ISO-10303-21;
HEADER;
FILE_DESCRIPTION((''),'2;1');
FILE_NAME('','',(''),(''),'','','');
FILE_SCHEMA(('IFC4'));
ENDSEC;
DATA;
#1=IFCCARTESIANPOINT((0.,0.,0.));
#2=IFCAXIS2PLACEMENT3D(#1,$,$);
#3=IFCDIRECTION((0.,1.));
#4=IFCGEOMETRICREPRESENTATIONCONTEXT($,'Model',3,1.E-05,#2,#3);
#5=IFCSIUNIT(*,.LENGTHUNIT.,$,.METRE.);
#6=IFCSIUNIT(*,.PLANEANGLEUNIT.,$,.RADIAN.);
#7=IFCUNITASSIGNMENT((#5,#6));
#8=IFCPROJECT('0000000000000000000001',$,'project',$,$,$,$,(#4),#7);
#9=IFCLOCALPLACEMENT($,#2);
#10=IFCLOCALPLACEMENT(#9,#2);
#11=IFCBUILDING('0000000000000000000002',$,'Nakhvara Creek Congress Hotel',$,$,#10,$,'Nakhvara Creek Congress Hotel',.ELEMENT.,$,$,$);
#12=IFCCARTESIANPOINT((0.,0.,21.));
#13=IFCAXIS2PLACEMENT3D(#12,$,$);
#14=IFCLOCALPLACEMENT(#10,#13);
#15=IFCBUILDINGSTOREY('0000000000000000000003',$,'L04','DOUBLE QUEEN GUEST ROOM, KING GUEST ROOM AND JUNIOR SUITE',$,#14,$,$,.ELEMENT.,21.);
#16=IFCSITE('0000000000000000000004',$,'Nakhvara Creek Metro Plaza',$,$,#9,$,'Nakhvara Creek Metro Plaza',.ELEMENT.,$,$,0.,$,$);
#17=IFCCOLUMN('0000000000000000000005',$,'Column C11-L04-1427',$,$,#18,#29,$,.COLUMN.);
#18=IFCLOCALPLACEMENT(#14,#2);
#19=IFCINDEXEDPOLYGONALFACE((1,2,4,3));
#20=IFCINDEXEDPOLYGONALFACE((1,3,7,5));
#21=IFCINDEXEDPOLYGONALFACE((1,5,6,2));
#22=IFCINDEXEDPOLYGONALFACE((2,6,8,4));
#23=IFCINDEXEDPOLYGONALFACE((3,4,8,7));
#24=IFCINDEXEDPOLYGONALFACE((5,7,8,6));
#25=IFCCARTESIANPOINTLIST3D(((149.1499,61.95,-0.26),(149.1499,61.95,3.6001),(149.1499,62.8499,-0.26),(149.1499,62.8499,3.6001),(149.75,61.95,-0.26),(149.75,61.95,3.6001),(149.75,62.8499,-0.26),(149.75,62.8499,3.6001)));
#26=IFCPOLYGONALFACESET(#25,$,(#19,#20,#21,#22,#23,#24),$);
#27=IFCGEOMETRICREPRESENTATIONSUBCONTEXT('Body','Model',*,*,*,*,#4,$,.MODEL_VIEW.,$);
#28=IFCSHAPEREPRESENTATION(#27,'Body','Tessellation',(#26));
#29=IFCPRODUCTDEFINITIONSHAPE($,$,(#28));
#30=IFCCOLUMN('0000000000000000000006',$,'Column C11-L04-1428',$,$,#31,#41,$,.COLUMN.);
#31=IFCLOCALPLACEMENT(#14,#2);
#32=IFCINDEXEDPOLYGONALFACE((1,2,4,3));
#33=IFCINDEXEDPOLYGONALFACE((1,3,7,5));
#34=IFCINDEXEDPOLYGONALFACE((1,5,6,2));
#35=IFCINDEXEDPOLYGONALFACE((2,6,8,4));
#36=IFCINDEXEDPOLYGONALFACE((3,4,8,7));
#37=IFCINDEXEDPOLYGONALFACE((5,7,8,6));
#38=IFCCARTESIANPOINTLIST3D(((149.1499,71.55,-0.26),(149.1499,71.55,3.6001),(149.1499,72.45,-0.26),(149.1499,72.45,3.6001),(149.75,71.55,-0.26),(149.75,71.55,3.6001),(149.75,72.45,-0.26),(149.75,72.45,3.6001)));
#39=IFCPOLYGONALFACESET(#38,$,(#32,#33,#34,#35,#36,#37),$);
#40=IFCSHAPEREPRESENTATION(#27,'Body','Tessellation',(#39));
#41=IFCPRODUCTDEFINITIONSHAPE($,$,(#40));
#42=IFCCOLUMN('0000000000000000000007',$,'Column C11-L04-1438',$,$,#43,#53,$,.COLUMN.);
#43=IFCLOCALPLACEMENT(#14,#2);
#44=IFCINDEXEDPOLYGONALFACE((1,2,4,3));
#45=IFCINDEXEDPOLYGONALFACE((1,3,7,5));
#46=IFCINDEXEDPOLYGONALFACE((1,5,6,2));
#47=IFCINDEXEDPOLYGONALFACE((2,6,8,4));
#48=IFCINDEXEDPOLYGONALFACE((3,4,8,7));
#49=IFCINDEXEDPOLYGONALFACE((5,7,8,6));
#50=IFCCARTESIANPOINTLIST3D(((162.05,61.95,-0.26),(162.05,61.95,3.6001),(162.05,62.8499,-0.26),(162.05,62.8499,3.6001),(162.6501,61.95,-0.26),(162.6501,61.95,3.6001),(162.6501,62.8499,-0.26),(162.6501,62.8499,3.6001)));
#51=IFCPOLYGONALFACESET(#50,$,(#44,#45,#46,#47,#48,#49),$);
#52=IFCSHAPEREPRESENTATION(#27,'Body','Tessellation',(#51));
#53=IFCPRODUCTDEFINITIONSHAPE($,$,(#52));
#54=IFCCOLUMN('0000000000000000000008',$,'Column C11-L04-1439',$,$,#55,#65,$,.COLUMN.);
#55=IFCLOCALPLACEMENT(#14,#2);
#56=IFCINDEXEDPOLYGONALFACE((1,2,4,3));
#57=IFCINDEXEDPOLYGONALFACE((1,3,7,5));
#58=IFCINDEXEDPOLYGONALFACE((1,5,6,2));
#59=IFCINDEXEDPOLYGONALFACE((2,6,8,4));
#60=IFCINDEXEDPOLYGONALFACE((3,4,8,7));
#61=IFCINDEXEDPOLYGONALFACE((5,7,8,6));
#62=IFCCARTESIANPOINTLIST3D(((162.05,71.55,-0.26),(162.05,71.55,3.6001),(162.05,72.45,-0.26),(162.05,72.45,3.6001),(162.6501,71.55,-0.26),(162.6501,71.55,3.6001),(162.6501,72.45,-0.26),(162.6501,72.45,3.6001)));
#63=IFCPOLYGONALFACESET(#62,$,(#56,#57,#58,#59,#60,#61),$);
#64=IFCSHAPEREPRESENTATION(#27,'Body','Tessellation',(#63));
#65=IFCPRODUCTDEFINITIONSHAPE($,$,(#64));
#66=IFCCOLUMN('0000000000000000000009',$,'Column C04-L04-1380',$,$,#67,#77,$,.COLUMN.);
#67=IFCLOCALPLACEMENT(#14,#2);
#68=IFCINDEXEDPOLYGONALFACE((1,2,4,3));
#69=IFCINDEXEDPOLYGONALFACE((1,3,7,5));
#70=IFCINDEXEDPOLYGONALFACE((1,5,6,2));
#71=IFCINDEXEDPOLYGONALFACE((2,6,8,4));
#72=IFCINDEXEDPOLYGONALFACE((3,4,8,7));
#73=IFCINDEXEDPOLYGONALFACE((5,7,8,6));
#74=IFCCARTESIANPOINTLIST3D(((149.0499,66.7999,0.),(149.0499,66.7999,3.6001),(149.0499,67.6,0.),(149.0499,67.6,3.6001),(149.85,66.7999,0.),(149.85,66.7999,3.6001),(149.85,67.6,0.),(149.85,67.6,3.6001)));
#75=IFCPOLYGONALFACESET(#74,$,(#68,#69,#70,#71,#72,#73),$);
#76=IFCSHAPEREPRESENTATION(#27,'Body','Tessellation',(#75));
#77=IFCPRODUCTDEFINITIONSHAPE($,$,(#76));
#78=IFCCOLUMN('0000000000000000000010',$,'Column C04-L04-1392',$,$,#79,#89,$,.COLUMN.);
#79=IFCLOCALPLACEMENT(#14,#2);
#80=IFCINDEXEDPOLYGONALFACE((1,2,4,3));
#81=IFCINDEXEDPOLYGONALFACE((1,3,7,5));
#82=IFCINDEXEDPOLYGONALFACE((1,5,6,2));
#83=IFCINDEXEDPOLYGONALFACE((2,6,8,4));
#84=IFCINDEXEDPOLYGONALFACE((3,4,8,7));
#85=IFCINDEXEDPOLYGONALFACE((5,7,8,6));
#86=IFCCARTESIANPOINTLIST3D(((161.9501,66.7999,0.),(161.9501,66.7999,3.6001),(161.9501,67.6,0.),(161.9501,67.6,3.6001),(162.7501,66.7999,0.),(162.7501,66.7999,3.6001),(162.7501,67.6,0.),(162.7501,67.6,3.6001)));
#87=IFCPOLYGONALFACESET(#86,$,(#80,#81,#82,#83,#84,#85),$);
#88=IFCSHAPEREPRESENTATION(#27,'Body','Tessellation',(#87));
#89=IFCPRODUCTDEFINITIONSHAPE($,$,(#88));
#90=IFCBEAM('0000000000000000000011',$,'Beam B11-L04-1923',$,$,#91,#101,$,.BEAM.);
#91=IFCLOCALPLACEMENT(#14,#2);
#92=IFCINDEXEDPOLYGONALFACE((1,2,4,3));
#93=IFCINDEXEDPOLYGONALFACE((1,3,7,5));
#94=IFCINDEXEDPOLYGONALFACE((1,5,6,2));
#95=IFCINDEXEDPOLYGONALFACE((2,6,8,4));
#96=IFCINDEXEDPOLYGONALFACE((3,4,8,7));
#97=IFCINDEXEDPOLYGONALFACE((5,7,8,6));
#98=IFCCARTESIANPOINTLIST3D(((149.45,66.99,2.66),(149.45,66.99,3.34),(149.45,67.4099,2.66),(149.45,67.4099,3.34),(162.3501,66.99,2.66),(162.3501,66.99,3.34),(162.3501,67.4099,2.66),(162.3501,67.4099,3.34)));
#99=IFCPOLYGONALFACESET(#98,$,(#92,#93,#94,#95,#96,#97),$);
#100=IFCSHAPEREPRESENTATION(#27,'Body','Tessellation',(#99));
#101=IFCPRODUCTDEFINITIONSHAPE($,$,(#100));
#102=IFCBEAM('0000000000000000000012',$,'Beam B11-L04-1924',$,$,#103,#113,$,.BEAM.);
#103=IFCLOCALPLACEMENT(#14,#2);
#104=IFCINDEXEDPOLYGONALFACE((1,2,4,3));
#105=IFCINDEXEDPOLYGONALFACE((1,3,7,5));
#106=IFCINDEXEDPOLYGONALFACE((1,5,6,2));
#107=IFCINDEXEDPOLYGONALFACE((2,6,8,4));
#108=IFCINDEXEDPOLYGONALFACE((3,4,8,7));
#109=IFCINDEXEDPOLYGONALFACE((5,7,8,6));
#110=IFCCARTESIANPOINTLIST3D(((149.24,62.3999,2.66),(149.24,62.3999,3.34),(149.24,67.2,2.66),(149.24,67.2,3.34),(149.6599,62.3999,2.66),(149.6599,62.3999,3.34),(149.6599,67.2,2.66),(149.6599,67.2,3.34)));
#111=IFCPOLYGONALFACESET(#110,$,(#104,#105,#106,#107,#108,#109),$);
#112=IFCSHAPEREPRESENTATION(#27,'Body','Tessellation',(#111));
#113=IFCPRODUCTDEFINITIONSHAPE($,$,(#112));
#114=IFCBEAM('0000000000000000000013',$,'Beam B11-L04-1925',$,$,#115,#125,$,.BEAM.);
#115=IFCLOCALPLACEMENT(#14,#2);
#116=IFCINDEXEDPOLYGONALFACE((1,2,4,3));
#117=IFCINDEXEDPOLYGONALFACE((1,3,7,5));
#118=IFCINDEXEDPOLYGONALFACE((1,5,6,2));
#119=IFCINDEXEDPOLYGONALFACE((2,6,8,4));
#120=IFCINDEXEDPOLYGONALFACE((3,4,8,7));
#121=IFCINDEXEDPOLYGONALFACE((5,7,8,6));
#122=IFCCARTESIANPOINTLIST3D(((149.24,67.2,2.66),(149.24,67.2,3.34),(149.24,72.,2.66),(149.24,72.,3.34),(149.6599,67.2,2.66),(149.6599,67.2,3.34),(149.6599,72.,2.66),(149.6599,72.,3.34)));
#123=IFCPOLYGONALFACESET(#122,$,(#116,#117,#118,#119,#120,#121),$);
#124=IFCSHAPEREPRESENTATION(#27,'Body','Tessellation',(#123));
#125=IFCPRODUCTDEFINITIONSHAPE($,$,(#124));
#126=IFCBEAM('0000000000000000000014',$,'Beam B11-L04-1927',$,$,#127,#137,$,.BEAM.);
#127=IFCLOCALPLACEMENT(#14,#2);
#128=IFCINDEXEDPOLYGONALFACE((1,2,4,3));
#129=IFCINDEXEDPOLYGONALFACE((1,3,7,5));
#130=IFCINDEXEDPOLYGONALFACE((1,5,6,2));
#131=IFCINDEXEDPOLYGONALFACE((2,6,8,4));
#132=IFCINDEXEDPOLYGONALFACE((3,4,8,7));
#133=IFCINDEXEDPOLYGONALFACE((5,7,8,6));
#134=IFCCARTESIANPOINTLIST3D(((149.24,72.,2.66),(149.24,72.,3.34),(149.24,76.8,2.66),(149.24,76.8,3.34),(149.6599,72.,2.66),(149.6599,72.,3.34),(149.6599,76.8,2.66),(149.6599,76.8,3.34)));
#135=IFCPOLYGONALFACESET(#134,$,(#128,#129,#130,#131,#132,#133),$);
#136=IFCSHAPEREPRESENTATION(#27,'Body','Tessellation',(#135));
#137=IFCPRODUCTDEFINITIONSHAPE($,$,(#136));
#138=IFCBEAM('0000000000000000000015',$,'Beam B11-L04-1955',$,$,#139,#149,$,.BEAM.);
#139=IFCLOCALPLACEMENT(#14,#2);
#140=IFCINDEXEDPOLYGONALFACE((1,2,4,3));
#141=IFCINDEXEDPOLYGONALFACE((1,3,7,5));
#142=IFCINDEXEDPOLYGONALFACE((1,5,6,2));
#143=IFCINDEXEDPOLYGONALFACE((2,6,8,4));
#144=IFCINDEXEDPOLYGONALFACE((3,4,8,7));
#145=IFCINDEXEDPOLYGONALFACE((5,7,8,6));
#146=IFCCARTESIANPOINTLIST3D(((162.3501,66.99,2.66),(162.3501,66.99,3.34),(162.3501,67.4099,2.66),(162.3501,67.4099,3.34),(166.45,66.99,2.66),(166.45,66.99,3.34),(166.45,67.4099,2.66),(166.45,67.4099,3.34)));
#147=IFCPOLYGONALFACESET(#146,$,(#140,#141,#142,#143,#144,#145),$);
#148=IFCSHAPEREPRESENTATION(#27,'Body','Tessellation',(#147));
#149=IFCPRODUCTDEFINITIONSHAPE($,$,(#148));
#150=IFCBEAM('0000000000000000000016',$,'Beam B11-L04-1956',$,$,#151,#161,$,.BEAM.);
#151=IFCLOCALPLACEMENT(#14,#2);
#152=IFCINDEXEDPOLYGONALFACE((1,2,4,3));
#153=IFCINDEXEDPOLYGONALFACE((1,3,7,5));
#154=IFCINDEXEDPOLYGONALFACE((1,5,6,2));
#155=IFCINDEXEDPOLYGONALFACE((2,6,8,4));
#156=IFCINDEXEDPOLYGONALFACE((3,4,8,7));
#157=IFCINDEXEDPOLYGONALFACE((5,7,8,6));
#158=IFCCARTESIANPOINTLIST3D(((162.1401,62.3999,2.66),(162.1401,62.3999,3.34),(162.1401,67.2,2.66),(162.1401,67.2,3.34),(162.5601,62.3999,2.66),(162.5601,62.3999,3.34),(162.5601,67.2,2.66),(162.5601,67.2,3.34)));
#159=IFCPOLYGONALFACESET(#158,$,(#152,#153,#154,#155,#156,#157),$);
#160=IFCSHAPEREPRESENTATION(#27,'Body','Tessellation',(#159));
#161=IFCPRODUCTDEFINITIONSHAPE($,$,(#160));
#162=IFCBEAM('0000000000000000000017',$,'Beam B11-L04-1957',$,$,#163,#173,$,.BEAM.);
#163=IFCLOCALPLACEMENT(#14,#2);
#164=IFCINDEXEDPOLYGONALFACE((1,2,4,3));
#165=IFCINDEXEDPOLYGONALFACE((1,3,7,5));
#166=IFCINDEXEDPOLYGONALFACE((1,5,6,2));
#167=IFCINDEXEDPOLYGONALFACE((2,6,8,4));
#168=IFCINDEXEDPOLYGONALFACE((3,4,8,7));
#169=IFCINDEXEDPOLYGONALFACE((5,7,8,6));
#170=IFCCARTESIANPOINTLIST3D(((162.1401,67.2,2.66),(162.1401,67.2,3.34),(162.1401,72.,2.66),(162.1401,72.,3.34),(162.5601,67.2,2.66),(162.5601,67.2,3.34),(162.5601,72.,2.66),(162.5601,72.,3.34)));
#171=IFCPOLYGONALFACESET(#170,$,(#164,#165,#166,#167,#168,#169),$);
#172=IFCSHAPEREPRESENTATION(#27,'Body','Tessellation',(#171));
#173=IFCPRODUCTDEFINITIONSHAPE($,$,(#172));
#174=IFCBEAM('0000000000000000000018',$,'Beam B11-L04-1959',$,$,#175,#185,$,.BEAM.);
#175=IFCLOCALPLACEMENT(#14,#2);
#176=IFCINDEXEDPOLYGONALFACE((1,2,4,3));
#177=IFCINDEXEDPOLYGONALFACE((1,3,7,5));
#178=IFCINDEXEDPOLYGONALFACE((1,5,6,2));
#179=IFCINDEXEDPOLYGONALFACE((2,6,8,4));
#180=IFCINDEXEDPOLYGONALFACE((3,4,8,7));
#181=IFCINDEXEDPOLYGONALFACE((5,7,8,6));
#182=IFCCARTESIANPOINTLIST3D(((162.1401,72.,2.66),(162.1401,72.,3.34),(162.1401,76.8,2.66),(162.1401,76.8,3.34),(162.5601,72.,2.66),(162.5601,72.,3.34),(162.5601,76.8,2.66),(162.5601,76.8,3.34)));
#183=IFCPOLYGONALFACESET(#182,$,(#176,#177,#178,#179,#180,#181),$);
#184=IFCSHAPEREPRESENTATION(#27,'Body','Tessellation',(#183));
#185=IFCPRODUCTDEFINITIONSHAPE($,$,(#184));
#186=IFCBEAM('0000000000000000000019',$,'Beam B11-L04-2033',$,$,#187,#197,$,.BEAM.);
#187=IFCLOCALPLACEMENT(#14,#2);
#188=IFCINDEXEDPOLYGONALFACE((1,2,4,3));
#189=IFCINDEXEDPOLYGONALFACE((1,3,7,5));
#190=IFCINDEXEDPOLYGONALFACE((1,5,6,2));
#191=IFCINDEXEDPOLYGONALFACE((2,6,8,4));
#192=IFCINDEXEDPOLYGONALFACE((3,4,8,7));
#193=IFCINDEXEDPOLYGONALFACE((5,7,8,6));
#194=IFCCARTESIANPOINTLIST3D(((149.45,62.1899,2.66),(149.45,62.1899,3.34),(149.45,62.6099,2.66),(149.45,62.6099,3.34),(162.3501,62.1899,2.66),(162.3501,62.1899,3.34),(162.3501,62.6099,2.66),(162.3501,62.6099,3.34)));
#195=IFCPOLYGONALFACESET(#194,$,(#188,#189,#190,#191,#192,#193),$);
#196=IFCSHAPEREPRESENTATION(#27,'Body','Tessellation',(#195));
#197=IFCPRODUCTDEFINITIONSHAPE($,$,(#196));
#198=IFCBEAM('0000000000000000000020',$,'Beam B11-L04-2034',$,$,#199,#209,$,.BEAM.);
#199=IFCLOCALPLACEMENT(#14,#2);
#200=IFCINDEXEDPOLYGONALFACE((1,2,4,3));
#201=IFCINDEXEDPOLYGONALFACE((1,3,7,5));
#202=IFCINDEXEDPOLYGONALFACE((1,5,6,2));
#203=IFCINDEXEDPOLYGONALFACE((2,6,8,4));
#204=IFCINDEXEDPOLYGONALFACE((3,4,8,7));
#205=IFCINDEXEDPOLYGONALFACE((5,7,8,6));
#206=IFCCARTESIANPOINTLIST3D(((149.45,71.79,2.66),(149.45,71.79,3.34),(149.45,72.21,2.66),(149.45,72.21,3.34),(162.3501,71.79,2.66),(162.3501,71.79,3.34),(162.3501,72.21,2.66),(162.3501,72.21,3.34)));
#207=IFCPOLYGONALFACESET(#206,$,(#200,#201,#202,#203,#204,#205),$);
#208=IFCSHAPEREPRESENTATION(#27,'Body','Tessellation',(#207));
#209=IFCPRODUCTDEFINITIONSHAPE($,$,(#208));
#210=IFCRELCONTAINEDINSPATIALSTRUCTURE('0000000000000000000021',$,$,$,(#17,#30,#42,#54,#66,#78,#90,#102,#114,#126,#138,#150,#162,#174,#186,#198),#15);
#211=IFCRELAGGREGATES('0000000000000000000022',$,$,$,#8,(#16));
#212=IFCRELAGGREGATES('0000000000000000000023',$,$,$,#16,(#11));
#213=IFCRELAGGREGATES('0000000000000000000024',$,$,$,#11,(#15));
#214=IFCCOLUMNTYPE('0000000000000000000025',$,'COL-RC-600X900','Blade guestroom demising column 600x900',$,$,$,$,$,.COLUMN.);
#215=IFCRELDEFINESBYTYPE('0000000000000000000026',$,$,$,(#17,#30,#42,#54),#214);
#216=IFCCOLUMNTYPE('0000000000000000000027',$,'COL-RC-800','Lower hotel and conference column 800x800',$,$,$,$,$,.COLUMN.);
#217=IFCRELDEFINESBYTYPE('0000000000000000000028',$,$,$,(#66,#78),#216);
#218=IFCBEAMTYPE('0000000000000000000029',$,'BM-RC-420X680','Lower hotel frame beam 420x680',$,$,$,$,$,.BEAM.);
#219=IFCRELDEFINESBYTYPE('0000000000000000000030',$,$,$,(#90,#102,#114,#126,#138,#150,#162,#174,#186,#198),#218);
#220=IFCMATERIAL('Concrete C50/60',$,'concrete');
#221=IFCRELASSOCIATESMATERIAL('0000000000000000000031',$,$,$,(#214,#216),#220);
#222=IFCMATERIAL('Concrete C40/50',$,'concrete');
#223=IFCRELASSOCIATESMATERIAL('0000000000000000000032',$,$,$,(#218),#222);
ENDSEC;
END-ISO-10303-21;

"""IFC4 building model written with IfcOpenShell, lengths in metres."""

from ifc_helpers import new_model, si_unit, direction, frame, origin, origin_2d, place, context, subcontext, project, spatial, rectangle, extrude, material, material_profile, profile_set, type_object, element, save


model = new_model("IFC4")

# Units and contexts
model_context = context("Model", 3, precision=1e-05, world=origin(), true_north=direction((0.0, 1.0)))
body_context = subcontext(model_context, "Body", "Model", "MODEL_VIEW")
ifc_project = project(units=[si_unit("LENGTHUNIT", "METRE"), si_unit("PLANEANGLEUNIT", "RADIAN")], contexts=[model_context])

# Site, building, storey
site_placement = place(None, origin())
site = spatial("IfcSite", under=ifc_project, at=site_placement, Name="Nakhvara Creek Metro Plaza", LongName="Nakhvara Creek Metro Plaza", CompositionType="ELEMENT", RefElevation=0.0)
building_placement = place(site_placement, origin())
building = spatial("IfcBuilding", under=site, at=building_placement, Name="Nakhvara Creek Congress Hotel", LongName="Nakhvara Creek Congress Hotel", CompositionType="ELEMENT")
storey_placement = place(building_placement, frame((0.0, 0.0, 21.0)))
storey = spatial("IfcBuildingStorey", under=building, at=storey_placement, Name="L04", Description="DOUBLE QUEEN GUEST ROOM, KING GUEST ROOM AND JUNIOR SUITE", CompositionType="ELEMENT", Elevation=21.0)

# Columns
ifc_material_1 = material(Name="Concrete C50/60", Category="concrete")
ifc_material_profile_1 = material_profile(ifc_material_1, rectangle(XDim=0.6001, YDim=0.8999, at=origin_2d()), Name="RC-COL 600x900", Category="LoadBearing")
ifc_profile_set_1 = profile_set([ifc_material_profile_1], Name="Concrete C50/60")
column_type_1 = type_object("IfcColumnType", Name="COL-RC-600X900", Description="Blade guestroom demising column 600x900", PredefinedType="COLUMN", material=ifc_profile_set_1)
for number, where, z_axis, x_axis, name in (
    (1, (149.45, 62.3999, -0.26), (0.0, 0.0, 1.0), (1.0, 0.0, 0.0), "Column C11-L04-1427"),
    (2, (149.45, 72.0, -0.26), (0.0, 0.0, 1.0), (1.0, 0.0, 0.0), "Column C11-L04-1428"),
    (3, (162.3501, 62.3999, -0.26), (0.0, 0.0, 1.0), (1.0, 0.0, 0.0), "Column C11-L04-1438"),
    (4, (162.3501, 72.0, -0.26), (0.0, 0.0, 1.0), (1.0, 0.0, 0.0), "Column C11-L04-1439"),
):
    element("IfcColumn", number, at=place(storey_placement, frame(where, z_axis=z_axis, x_axis=x_axis)), inside=storey, type_object=column_type_1, Name=name, PredefinedType="COLUMN", context=body_context, shape_type="SweptSolid", body=[
        extrude(rectangle(XDim=0.6001, YDim=0.8999, at=origin_2d()), origin(), (0.0, 0.0, 1.0), 3.8601),
    ])
ifc_material_profile_2 = material_profile(ifc_material_1, rectangle(XDim=0.8, YDim=0.8, at=origin_2d()), Name="RC-COL 800x800", Category="LoadBearing")
ifc_profile_set_2 = profile_set([ifc_material_profile_2], Name="Concrete C50/60")
column_type_2 = type_object("IfcColumnType", Name="COL-RC-800", Description="Lower hotel and conference column 800x800", PredefinedType="COLUMN", material=ifc_profile_set_2)
for number, where, z_axis, x_axis, name in (
    (5, (149.45, 67.2, 0.0), (0.0, 0.0, 1.0), (1.0, 0.0, 0.0), "Column C04-L04-1380"),
    (6, (162.3501, 67.2, 0.0), (0.0, 0.0, 1.0), (1.0, 0.0, 0.0), "Column C04-L04-1392"),
):
    element("IfcColumn", number, at=place(storey_placement, frame(where, z_axis=z_axis, x_axis=x_axis)), inside=storey, type_object=column_type_2, Name=name, PredefinedType="COLUMN", context=body_context, shape_type="SweptSolid", body=[
        extrude(rectangle(XDim=0.8, YDim=0.8, at=origin_2d()), origin(), (0.0, 0.0, 1.0), 3.6001),
    ])

# Beams
ifc_material_2 = material(Name="Concrete C40/50", Category="concrete")
ifc_material_profile_3 = material_profile(ifc_material_2, rectangle(XDim=0.4199, YDim=0.6799, at=origin_2d()), Name="RC-BM 420x680", Category="LoadBearing")
ifc_profile_set_3 = profile_set([ifc_material_profile_3], Name="Concrete C40/50")
beam_type = type_object("IfcBeamType", Name="BM-RC-420X680", Description="Lower hotel frame beam 420x680", PredefinedType="BEAM", material=ifc_profile_set_3)
beam_1_placement = place(storey_placement, frame((149.45, 67.2, 3.0), z_axis=(1.0, 0.0, 0.0), x_axis=(0.0, 1.0, 0.0)))
element("IfcBeam", 7, at=beam_1_placement, inside=storey, type_object=beam_type, Name="Beam B11-L04-1923", PredefinedType="BEAM", context=body_context, shape_type="SweptSolid", body=[
    extrude(rectangle(XDim=0.4199, YDim=0.6799, at=origin_2d()), origin(), (0.0, 0.0, 1.0), 12.9001),
])
for number, where, z_axis, x_axis, name in (
    (8, (149.45, 62.3999, 3.0), (0.0, 1.0, 0.0), (-1.0, 0.0, 0.0), "Beam B11-L04-1924"),
    (9, (149.45, 67.2, 3.0), (0.0, 1.0, 0.0), (-1.0, 0.0, 0.0), "Beam B11-L04-1925"),
    (10, (149.45, 72.0, 3.0), (0.0, 1.0, 0.0), (-1.0, 0.0, 0.0), "Beam B11-L04-1927"),
):
    element("IfcBeam", number, at=place(storey_placement, frame(where, z_axis=z_axis, x_axis=x_axis)), inside=storey, type_object=beam_type, Name=name, PredefinedType="BEAM", context=body_context, shape_type="SweptSolid", body=[
        extrude(rectangle(XDim=0.4199, YDim=0.6799, at=origin_2d()), origin(), (0.0, 0.0, 1.0), 4.8),
    ])
beam_2_placement = place(storey_placement, frame((162.3501, 67.2, 3.0), z_axis=(1.0, 0.0, 0.0), x_axis=(0.0, 1.0, 0.0)))
element("IfcBeam", 11, at=beam_2_placement, inside=storey, type_object=beam_type, Name="Beam B11-L04-1955", PredefinedType="BEAM", context=body_context, shape_type="SweptSolid", body=[
    extrude(rectangle(XDim=0.4199, YDim=0.6799, at=origin_2d()), origin(), (0.0, 0.0, 1.0), 4.0999),
])
for number, where, z_axis, x_axis, name in (
    (12, (162.3501, 62.3999, 3.0), (0.0, 1.0, 0.0), (-1.0, 0.0, 0.0), "Beam B11-L04-1956"),
    (13, (162.3501, 67.2, 3.0), (0.0, 1.0, 0.0), (-1.0, 0.0, 0.0), "Beam B11-L04-1957"),
    (14, (162.3501, 72.0, 3.0), (0.0, 1.0, 0.0), (-1.0, 0.0, 0.0), "Beam B11-L04-1959"),
):
    element("IfcBeam", number, at=place(storey_placement, frame(where, z_axis=z_axis, x_axis=x_axis)), inside=storey, type_object=beam_type, Name=name, PredefinedType="BEAM", context=body_context, shape_type="SweptSolid", body=[
        extrude(rectangle(XDim=0.4199, YDim=0.6799, at=origin_2d()), origin(), (0.0, 0.0, 1.0), 4.8),
    ])
for number, where, z_axis, x_axis, name in (
    (15, (149.45, 62.3999, 3.0), (1.0, 0.0, 0.0), (0.0, 1.0, 0.0), "Beam B11-L04-2033"),
    (16, (149.45, 72.0, 3.0), (1.0, 0.0, 0.0), (0.0, 1.0, 0.0), "Beam B11-L04-2034"),
):
    element("IfcBeam", number, at=place(storey_placement, frame(where, z_axis=z_axis, x_axis=x_axis)), inside=storey, type_object=beam_type, Name=name, PredefinedType="BEAM", context=body_context, shape_type="SweptSolid", body=[
        extrude(rectangle(XDim=0.4199, YDim=0.6799, at=origin_2d()), origin(), (0.0, 0.0, 1.0), 12.9001),
    ])

save(model, "model.ifc")
